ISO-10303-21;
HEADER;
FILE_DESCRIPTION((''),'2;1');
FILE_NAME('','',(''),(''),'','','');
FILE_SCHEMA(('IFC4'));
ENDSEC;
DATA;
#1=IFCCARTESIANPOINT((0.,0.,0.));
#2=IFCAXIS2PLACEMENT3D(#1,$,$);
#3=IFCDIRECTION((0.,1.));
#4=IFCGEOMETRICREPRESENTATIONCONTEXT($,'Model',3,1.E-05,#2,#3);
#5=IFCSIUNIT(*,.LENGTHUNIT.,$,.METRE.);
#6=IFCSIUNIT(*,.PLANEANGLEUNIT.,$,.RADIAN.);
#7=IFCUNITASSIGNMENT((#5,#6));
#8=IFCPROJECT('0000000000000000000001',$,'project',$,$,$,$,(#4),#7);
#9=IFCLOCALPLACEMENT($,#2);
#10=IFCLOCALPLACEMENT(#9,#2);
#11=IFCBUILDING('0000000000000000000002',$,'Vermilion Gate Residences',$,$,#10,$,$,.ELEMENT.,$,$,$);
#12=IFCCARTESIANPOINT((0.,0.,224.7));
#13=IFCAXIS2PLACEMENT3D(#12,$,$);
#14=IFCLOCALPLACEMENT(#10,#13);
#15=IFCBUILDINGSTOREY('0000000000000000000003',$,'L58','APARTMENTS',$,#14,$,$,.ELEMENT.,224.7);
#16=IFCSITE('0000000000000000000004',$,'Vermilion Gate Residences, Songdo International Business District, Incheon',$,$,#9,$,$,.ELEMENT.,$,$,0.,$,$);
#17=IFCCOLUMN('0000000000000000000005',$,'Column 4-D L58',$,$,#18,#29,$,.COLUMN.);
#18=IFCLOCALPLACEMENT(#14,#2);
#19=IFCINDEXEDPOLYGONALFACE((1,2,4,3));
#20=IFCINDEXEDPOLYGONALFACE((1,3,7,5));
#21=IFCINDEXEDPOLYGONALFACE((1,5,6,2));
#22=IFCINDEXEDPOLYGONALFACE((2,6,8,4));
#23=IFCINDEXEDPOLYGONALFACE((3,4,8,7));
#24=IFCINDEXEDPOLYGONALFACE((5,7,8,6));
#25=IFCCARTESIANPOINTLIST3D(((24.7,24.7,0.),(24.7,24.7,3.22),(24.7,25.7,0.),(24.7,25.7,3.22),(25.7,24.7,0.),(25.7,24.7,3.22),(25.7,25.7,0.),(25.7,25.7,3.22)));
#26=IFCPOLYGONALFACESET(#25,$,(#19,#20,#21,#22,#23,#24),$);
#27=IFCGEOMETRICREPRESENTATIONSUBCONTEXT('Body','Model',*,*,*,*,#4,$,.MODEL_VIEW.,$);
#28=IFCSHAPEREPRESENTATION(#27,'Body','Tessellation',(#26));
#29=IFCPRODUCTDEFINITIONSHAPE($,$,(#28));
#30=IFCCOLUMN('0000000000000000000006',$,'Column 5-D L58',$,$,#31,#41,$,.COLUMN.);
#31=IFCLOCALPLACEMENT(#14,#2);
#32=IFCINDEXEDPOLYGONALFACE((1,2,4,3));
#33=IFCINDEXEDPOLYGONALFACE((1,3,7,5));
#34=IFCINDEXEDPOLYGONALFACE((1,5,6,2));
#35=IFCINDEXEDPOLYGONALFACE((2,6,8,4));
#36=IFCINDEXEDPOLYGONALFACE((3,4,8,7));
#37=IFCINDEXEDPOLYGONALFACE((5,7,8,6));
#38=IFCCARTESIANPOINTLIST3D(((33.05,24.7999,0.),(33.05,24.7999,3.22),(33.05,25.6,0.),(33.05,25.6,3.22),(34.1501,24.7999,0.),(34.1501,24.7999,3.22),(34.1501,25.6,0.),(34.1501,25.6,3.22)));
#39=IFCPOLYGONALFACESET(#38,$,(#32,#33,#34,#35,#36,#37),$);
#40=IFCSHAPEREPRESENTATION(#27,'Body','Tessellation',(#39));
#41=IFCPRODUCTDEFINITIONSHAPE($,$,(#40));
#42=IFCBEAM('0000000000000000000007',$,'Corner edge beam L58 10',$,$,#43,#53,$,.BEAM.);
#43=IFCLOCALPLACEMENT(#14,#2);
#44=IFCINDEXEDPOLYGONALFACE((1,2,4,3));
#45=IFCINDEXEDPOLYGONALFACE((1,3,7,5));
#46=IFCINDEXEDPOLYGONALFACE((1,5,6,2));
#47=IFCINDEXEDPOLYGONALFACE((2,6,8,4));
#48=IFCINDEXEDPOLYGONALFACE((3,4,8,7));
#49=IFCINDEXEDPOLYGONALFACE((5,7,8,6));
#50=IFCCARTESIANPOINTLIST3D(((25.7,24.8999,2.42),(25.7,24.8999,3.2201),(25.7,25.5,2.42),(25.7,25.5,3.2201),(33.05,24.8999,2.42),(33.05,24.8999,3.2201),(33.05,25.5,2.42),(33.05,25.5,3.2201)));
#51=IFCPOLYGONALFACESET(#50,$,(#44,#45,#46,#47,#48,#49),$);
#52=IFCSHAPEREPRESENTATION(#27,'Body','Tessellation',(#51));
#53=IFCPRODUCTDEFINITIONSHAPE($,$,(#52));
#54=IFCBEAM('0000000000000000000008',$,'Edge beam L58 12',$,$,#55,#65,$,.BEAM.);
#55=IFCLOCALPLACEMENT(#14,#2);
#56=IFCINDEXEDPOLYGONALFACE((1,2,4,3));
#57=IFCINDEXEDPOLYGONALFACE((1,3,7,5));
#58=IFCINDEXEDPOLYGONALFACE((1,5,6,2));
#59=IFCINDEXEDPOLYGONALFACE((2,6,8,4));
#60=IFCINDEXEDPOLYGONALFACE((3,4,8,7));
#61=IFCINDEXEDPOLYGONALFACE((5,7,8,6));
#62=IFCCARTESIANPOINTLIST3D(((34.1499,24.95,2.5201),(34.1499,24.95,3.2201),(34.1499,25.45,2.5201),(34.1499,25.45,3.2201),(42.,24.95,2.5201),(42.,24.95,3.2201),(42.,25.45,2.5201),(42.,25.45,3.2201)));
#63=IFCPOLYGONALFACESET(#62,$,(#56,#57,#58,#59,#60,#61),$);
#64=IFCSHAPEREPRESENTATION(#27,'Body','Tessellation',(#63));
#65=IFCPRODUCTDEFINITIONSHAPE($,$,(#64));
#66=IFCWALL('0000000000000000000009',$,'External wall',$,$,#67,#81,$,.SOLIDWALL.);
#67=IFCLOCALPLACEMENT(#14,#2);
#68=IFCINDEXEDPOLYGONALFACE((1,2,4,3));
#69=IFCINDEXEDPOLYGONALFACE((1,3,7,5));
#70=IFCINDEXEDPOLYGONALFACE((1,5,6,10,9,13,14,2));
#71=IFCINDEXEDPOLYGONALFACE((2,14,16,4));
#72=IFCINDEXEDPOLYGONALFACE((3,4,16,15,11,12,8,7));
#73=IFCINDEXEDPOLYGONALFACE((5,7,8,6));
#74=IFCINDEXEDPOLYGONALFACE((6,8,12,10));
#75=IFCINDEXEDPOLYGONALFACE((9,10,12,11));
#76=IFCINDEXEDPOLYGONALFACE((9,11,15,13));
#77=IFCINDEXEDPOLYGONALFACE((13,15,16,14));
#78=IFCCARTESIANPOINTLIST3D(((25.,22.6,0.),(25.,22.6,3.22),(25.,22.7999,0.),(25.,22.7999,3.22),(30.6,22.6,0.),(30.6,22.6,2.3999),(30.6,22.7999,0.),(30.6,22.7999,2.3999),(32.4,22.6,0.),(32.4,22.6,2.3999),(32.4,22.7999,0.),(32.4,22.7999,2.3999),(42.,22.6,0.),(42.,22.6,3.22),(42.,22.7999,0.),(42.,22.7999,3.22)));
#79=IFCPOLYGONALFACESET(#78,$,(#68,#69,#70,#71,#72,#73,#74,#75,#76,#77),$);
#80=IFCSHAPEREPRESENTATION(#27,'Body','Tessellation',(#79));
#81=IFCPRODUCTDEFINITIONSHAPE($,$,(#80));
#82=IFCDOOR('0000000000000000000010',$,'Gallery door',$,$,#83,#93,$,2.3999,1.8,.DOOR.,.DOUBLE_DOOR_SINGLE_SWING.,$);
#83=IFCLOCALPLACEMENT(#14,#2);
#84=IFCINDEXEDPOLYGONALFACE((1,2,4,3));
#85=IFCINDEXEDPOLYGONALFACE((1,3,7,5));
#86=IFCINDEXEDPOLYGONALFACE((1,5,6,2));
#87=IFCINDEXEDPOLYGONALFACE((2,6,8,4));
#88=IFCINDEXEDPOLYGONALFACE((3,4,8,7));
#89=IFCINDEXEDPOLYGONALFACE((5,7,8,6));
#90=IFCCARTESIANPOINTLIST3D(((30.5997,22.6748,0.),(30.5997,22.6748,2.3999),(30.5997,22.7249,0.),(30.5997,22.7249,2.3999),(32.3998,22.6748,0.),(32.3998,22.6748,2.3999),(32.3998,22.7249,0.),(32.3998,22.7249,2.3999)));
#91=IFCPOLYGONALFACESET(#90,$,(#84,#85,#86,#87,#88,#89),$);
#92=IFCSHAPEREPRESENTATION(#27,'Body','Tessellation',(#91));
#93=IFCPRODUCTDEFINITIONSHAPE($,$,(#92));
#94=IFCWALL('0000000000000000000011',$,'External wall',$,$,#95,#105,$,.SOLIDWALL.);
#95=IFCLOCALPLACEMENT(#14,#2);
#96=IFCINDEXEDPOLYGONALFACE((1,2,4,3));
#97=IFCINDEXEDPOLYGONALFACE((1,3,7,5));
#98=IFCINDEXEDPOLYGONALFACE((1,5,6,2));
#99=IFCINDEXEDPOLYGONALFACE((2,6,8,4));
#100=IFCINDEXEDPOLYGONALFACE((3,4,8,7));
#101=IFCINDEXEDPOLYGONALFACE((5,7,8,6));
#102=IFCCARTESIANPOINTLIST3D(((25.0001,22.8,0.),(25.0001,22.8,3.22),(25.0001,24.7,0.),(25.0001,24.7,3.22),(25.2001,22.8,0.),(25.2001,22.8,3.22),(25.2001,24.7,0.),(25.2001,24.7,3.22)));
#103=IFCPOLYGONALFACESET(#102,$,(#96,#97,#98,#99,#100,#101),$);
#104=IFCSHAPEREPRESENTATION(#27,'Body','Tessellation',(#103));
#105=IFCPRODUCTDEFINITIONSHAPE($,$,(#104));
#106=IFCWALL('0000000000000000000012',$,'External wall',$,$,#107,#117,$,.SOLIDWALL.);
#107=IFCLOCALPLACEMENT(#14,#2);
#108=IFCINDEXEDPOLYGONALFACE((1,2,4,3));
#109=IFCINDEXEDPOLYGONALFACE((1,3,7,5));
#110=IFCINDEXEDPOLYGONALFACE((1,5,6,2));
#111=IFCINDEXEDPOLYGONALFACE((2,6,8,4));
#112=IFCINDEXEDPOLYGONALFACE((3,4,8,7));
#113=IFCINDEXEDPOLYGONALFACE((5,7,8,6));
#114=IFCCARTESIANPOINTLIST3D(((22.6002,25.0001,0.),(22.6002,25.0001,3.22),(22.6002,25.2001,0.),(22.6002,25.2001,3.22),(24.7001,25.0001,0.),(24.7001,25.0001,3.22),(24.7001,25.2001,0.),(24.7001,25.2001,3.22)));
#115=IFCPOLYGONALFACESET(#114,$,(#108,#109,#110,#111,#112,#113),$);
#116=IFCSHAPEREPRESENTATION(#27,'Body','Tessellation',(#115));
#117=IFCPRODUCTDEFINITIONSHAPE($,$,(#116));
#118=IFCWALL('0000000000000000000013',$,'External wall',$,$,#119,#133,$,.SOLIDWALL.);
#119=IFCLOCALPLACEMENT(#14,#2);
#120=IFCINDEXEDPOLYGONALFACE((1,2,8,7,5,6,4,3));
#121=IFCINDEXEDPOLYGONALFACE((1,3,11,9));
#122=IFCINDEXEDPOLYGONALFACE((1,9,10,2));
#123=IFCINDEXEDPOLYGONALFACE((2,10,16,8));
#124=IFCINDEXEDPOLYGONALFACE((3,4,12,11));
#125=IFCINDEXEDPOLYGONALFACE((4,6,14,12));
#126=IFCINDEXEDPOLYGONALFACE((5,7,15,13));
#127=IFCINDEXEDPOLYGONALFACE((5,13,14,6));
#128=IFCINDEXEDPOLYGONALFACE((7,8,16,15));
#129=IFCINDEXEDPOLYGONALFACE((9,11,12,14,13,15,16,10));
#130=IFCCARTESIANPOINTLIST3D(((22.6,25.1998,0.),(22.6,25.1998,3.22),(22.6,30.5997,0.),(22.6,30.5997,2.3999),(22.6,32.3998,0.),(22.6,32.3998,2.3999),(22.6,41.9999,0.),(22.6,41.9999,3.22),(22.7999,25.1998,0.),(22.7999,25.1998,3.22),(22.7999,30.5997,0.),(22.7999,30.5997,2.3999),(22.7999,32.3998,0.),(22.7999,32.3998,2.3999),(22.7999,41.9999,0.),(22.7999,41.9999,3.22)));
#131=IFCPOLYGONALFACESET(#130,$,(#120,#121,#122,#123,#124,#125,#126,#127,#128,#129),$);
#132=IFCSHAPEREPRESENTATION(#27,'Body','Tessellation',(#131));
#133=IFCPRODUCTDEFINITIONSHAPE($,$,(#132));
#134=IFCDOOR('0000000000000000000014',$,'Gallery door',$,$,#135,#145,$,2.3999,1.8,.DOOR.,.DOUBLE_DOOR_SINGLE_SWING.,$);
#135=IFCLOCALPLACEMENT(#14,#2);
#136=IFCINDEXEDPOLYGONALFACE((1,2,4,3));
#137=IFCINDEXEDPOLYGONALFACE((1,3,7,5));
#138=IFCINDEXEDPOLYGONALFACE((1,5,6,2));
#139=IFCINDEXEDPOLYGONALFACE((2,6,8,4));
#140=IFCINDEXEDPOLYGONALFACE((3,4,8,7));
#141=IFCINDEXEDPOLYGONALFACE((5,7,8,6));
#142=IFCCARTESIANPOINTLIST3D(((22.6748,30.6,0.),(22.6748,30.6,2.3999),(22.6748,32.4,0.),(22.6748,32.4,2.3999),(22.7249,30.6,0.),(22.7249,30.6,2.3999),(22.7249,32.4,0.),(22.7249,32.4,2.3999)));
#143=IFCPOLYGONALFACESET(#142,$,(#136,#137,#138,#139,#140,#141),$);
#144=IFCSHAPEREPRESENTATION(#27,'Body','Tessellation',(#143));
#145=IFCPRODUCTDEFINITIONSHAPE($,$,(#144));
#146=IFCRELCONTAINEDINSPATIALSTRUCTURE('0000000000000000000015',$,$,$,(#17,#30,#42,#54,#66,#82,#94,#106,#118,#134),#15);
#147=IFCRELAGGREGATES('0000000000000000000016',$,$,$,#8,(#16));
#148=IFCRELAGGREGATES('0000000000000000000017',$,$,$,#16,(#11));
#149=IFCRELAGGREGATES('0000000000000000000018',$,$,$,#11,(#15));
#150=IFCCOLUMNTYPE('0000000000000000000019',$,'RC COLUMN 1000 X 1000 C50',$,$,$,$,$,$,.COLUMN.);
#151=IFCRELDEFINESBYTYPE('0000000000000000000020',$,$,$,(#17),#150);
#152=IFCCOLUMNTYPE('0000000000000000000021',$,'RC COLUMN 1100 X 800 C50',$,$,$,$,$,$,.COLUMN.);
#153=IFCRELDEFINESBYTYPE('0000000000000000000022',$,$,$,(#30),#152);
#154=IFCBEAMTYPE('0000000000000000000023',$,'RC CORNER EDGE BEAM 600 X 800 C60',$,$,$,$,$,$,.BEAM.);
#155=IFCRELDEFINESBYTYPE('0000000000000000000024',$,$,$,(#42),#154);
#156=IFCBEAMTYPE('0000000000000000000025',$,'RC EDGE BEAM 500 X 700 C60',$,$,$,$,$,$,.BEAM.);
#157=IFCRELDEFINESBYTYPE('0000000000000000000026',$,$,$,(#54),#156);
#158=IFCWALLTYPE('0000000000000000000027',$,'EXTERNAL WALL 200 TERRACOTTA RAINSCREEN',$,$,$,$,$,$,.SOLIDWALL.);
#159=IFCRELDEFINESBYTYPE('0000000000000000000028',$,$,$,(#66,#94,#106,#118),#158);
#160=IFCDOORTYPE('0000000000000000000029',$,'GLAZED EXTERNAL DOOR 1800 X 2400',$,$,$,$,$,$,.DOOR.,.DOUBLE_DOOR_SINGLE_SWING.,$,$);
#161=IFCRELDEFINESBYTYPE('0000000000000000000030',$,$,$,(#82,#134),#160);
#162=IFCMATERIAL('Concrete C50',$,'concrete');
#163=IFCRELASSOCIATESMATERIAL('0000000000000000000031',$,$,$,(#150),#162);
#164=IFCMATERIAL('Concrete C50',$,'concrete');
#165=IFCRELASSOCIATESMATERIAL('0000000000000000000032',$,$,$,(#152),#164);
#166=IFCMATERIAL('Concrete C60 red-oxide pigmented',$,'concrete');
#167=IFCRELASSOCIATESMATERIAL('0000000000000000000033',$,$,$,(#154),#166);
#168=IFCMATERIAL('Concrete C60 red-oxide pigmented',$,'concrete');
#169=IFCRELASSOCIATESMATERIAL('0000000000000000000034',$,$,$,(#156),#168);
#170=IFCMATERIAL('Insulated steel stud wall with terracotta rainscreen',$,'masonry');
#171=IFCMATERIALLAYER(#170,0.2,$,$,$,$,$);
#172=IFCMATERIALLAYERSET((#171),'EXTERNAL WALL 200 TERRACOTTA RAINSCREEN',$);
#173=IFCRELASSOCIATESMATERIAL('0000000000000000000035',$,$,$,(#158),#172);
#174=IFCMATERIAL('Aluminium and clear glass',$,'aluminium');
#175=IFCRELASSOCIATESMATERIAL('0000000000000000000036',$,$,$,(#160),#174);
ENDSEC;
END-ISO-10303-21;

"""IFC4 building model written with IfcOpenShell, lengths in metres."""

from ifc_helpers import new_model, si_unit, direction, frame, frame_2d, origin, origin_2d, place, context, subcontext, project, spatial, rectangle, extrude, material, layer, layer_set, material_profile, profile_set, type_object, element, fill, save


model = new_model("IFC4")

# Units and contexts
model_context = context("Model", 3, precision=1e-05, world=origin(), true_north=direction((0.0, 1.0)))
body_context = subcontext(model_context, "Body", "Model", "MODEL_VIEW")
ifc_project = project(units=[si_unit("LENGTHUNIT", "METRE"), si_unit("PLANEANGLEUNIT", "RADIAN")], contexts=[model_context])

# Site, building, storey
site_placement = place(None, origin())
site = spatial("IfcSite", under=ifc_project, at=site_placement, Name="Vermilion Gate Residences, Songdo International Business District, Incheon", CompositionType="ELEMENT", RefElevation=0.0)
building_placement = place(site_placement, origin())
building = spatial("IfcBuilding", under=site, at=building_placement, Name="Vermilion Gate Residences", CompositionType="ELEMENT")
storey_placement = place(building_placement, frame((0.0, 0.0, 224.7)))
storey = spatial("IfcBuildingStorey", under=building, at=storey_placement, Name="L58", Description="APARTMENTS", CompositionType="ELEMENT", Elevation=224.7)

# Columns
ifc_material_1 = material(Name="Concrete C50", Category="concrete")
ifc_material_profile_1 = material_profile(ifc_material_1, rectangle(XDim=1.0, YDim=1.0, at=origin_2d()), Name="RC-1000x1000")
ifc_profile_set_1 = profile_set([ifc_material_profile_1], Name="Concrete C50")
column_type_1 = type_object("IfcColumnType", Name="RC COLUMN 1000 X 1000 C50", PredefinedType="COLUMN", material=ifc_profile_set_1)
column_1_placement = place(storey_placement, frame((25.2, 25.2, 0.0), z_axis=(0.0, 0.0, 1.0), x_axis=(1.0, 0.0, 0.0)))
element("IfcColumn", 1, at=column_1_placement, inside=storey, type_object=column_type_1, Name="Column 4-D L58", PredefinedType="COLUMN", context=body_context, shape_type="SweptSolid", body=[
    extrude(rectangle(XDim=1.0, YDim=1.0, at=origin_2d()), origin(), (0.0, 0.0, 1.0), 3.22),
])
ifc_material_2 = material(Name="Concrete C50", Category="concrete")
ifc_material_profile_2 = material_profile(ifc_material_2, rectangle(XDim=1.1001, YDim=0.8, at=origin_2d()), Name="RC-1100x800")
ifc_profile_set_2 = profile_set([ifc_material_profile_2], Name="Concrete C50")
column_type_2 = type_object("IfcColumnType", Name="RC COLUMN 1100 X 800 C50", PredefinedType="COLUMN", material=ifc_profile_set_2)
column_2_placement = place(storey_placement, frame((33.6001, 25.2, 0.0), z_axis=(0.0, 0.0, 1.0), x_axis=(1.0, 0.0, 0.0)))
element("IfcColumn", 2, at=column_2_placement, inside=storey, type_object=column_type_2, Name="Column 5-D L58", PredefinedType="COLUMN", context=body_context, shape_type="SweptSolid", body=[
    extrude(rectangle(XDim=1.1001, YDim=0.8, at=origin_2d()), origin(), (0.0, 0.0, 1.0), 3.22),
])

# Beams
ifc_material_3 = material(Name="Concrete C60 red-oxide pigmented", Category="concrete")
ifc_material_profile_3 = material_profile(ifc_material_3, rectangle(XDim=0.6001, YDim=0.8, at=origin_2d()), Name="RC-600x800")
ifc_profile_set_3 = profile_set([ifc_material_profile_3], Name="Concrete C60 red-oxide pigmented")
beam_type_1 = type_object("IfcBeamType", Name="RC CORNER EDGE BEAM 600 X 800 C60", PredefinedType="BEAM", material=ifc_profile_set_3)
beam_1_placement = place(storey_placement, frame((25.7, 25.2, 2.8201), z_axis=(1.0, 0.0, 0.0), x_axis=(0.0, 1.0, 0.0)))
element("IfcBeam", 3, at=beam_1_placement, inside=storey, type_object=beam_type_1, Name="Corner edge beam L58 10", PredefinedType="BEAM", context=body_context, shape_type="SweptSolid", body=[
    extrude(rectangle(XDim=0.6001, YDim=0.8, at=origin_2d()), origin(), (0.0, 0.0, 1.0), 7.3501),
])
ifc_material_4 = material(Name="Concrete C60 red-oxide pigmented", Category="concrete")
ifc_material_profile_4 = material_profile(ifc_material_4, rectangle(XDim=0.5, YDim=0.7, at=origin_2d()), Name="RC-500x700")
ifc_profile_set_4 = profile_set([ifc_material_profile_4], Name="Concrete C60 red-oxide pigmented")
beam_type_2 = type_object("IfcBeamType", Name="RC EDGE BEAM 500 X 700 C60", PredefinedType="BEAM", material=ifc_profile_set_4)
beam_2_placement = place(storey_placement, frame((34.1499, 25.2, 2.8701), z_axis=(1.0, 0.0, 0.0), x_axis=(0.0, 1.0, 0.0)))
element("IfcBeam", 4, at=beam_2_placement, inside=storey, type_object=beam_type_2, Name="Edge beam L58 12", PredefinedType="BEAM", context=body_context, shape_type="SweptSolid", body=[
    extrude(rectangle(XDim=0.5, YDim=0.7, at=origin_2d()), origin(), (0.0, 0.0, 1.0), 7.8501),
])

# Wall, opening, door
ifc_material_5 = material(Name="Insulated steel stud wall with terracotta rainscreen", Category="masonry")
ifc_layer_1 = layer(ifc_material_5, 0.2)
ifc_layer_set_1 = layer_set([ifc_layer_1], Name="EXTERNAL WALL 200 TERRACOTTA RAINSCREEN")
wall_type_1 = type_object("IfcWallType", Name="EXTERNAL WALL 200 TERRACOTTA RAINSCREEN", PredefinedType="SOLIDWALL", material=ifc_layer_set_1)
wall_1_placement = place(storey_placement, frame((42.0, 22.7, 0.0), z_axis=(0.0, 0.0, 1.0), x_axis=(-1.0, 0.0, 0.0)))
wall_1 = element("IfcWall", 5, at=wall_1_placement, inside=storey, type_object=wall_type_1, Name="External wall", PredefinedType="SOLIDWALL", context=body_context, shape_type="SweptSolid", body=[
    extrude(rectangle(XDim=17.0, YDim=0.2, at=frame_2d((8.5, 0.0))), origin(), (0.0, 0.0, 1.0), 3.22),
])
opening_1_placement = place(wall_1_placement, frame((9.6001, 0.0, 0.0)))
opening_1 = element("IfcOpeningElement", 6, at=opening_1_placement, cuts=wall_1, PredefinedType="OPENING", context=body_context, shape_type="SweptSolid", body=[
    extrude(rectangle(XDim=1.8, YDim=2.3999, at=frame_2d((0.8999, 1.2))), frame((0.0, 0.1099, 0.0), z_axis=(0.0, -1.0, 0.0), x_axis=(1.0, 0.0, 0.0)), (0.0, 0.0, 1.0), 0.22),
])
ifc_material_6 = material(Name="Aluminium and clear glass", Category="aluminium")
door_type = type_object("IfcDoorType", Name="GLAZED EXTERNAL DOOR 1800 X 2400", OperationType="DOUBLE_DOOR_SINGLE_SWING", PredefinedType="DOOR", material=ifc_material_6)
door_1_placement = place(opening_1_placement, frame((1.8, 0.0, 0.0), z_axis=(0.0, 0.0, 1.0), x_axis=(-1.0, 0.0, 0.0)))
door_1 = element("IfcDoor", 7, at=door_1_placement, inside=storey, type_object=door_type, Name="Gallery door", OperationType="DOUBLE_DOOR_SINGLE_SWING", OverallHeight=2.3999, OverallWidth=1.8, PredefinedType="DOOR", context=body_context, shape_type="SweptSolid", body=[
    extrude(rectangle(XDim=1.8, YDim=2.3999, at=frame_2d((0.8999, 1.2))), frame((0.0, 0.0249, 0.0), z_axis=(0.0, -1.0, 0.0), x_axis=(1.0, 0.0, 0.0)), (0.0, 0.0, 1.0), 0.05),
])
fill(opening_1, door_1)

# Walls
wall_2_placement = place(storey_placement, frame((25.1001, 22.8, 0.0), z_axis=(0.0, 0.0, 1.0), x_axis=(0.0, 1.0, 0.0)))
element("IfcWall", 8, at=wall_2_placement, inside=storey, type_object=wall_type_1, Name="External wall", PredefinedType="SOLIDWALL", context=body_context, shape_type="SweptSolid", body=[
    extrude(rectangle(XDim=1.8999, YDim=0.2, at=frame_2d((0.95, 0.0))), origin(), (0.0, 0.0, 1.0), 3.22),
])
wall_3_placement = place(storey_placement, frame((24.7, 25.1001, 0.0), z_axis=(0.0, 0.0, 1.0), x_axis=(-1.0, 0.0, 0.0)))
element("IfcWall", 9, at=wall_3_placement, inside=storey, type_object=wall_type_1, Name="External wall", PredefinedType="SOLIDWALL", context=body_context, shape_type="SweptSolid", body=[
    extrude(rectangle(XDim=2.0999, YDim=0.2, at=frame_2d((1.0498, 0.0))), origin(), (0.0, 0.0, 1.0), 3.22),
])

# Wall, opening, door
wall_4_placement = place(storey_placement, frame((22.7, 25.2, 0.0), z_axis=(0.0, 0.0, 1.0), x_axis=(0.0, 1.0, 0.0)))
wall_4 = element("IfcWall", 10, at=wall_4_placement, inside=storey, type_object=wall_type_1, Name="External wall", PredefinedType="SOLIDWALL", context=body_context, shape_type="SweptSolid", body=[
    extrude(rectangle(XDim=16.8, YDim=0.2, at=frame_2d((8.3999, 0.0))), origin(), (0.0, 0.0, 1.0), 3.22),
])
opening_2_placement = place(wall_4_placement, frame((5.3999, 0.0, 0.0)))
opening_2 = element("IfcOpeningElement", 11, at=opening_2_placement, cuts=wall_4, PredefinedType="OPENING", context=body_context, shape_type="SweptSolid", body=[
    extrude(rectangle(XDim=1.8, YDim=2.3999, at=frame_2d((0.8999, 1.2))), frame((0.0, 0.1099, 0.0), z_axis=(0.0, -1.0, 0.0), x_axis=(1.0, 0.0, 0.0)), (0.0, 0.0, 1.0), 0.22),
])
door_2_placement = place(opening_2_placement, frame((1.8, 0.0, 0.0), z_axis=(0.0, 0.0, 1.0), x_axis=(-1.0, 0.0, 0.0)))
door_2 = element("IfcDoor", 12, at=door_2_placement, inside=storey, type_object=door_type, Name="Gallery door", OperationType="DOUBLE_DOOR_SINGLE_SWING", OverallHeight=2.3999, OverallWidth=1.8, PredefinedType="DOOR", context=body_context, shape_type="SweptSolid", body=[
    extrude(rectangle(XDim=1.8, YDim=2.3999, at=frame_2d((0.8999, 1.2))), frame((0.0, 0.0249, 0.0), z_axis=(0.0, -1.0, 0.0), x_axis=(1.0, 0.0, 0.0)), (0.0, 0.0, 1.0), 0.05),
])
fill(opening_2, door_2)

save(model, "model.ifc")
